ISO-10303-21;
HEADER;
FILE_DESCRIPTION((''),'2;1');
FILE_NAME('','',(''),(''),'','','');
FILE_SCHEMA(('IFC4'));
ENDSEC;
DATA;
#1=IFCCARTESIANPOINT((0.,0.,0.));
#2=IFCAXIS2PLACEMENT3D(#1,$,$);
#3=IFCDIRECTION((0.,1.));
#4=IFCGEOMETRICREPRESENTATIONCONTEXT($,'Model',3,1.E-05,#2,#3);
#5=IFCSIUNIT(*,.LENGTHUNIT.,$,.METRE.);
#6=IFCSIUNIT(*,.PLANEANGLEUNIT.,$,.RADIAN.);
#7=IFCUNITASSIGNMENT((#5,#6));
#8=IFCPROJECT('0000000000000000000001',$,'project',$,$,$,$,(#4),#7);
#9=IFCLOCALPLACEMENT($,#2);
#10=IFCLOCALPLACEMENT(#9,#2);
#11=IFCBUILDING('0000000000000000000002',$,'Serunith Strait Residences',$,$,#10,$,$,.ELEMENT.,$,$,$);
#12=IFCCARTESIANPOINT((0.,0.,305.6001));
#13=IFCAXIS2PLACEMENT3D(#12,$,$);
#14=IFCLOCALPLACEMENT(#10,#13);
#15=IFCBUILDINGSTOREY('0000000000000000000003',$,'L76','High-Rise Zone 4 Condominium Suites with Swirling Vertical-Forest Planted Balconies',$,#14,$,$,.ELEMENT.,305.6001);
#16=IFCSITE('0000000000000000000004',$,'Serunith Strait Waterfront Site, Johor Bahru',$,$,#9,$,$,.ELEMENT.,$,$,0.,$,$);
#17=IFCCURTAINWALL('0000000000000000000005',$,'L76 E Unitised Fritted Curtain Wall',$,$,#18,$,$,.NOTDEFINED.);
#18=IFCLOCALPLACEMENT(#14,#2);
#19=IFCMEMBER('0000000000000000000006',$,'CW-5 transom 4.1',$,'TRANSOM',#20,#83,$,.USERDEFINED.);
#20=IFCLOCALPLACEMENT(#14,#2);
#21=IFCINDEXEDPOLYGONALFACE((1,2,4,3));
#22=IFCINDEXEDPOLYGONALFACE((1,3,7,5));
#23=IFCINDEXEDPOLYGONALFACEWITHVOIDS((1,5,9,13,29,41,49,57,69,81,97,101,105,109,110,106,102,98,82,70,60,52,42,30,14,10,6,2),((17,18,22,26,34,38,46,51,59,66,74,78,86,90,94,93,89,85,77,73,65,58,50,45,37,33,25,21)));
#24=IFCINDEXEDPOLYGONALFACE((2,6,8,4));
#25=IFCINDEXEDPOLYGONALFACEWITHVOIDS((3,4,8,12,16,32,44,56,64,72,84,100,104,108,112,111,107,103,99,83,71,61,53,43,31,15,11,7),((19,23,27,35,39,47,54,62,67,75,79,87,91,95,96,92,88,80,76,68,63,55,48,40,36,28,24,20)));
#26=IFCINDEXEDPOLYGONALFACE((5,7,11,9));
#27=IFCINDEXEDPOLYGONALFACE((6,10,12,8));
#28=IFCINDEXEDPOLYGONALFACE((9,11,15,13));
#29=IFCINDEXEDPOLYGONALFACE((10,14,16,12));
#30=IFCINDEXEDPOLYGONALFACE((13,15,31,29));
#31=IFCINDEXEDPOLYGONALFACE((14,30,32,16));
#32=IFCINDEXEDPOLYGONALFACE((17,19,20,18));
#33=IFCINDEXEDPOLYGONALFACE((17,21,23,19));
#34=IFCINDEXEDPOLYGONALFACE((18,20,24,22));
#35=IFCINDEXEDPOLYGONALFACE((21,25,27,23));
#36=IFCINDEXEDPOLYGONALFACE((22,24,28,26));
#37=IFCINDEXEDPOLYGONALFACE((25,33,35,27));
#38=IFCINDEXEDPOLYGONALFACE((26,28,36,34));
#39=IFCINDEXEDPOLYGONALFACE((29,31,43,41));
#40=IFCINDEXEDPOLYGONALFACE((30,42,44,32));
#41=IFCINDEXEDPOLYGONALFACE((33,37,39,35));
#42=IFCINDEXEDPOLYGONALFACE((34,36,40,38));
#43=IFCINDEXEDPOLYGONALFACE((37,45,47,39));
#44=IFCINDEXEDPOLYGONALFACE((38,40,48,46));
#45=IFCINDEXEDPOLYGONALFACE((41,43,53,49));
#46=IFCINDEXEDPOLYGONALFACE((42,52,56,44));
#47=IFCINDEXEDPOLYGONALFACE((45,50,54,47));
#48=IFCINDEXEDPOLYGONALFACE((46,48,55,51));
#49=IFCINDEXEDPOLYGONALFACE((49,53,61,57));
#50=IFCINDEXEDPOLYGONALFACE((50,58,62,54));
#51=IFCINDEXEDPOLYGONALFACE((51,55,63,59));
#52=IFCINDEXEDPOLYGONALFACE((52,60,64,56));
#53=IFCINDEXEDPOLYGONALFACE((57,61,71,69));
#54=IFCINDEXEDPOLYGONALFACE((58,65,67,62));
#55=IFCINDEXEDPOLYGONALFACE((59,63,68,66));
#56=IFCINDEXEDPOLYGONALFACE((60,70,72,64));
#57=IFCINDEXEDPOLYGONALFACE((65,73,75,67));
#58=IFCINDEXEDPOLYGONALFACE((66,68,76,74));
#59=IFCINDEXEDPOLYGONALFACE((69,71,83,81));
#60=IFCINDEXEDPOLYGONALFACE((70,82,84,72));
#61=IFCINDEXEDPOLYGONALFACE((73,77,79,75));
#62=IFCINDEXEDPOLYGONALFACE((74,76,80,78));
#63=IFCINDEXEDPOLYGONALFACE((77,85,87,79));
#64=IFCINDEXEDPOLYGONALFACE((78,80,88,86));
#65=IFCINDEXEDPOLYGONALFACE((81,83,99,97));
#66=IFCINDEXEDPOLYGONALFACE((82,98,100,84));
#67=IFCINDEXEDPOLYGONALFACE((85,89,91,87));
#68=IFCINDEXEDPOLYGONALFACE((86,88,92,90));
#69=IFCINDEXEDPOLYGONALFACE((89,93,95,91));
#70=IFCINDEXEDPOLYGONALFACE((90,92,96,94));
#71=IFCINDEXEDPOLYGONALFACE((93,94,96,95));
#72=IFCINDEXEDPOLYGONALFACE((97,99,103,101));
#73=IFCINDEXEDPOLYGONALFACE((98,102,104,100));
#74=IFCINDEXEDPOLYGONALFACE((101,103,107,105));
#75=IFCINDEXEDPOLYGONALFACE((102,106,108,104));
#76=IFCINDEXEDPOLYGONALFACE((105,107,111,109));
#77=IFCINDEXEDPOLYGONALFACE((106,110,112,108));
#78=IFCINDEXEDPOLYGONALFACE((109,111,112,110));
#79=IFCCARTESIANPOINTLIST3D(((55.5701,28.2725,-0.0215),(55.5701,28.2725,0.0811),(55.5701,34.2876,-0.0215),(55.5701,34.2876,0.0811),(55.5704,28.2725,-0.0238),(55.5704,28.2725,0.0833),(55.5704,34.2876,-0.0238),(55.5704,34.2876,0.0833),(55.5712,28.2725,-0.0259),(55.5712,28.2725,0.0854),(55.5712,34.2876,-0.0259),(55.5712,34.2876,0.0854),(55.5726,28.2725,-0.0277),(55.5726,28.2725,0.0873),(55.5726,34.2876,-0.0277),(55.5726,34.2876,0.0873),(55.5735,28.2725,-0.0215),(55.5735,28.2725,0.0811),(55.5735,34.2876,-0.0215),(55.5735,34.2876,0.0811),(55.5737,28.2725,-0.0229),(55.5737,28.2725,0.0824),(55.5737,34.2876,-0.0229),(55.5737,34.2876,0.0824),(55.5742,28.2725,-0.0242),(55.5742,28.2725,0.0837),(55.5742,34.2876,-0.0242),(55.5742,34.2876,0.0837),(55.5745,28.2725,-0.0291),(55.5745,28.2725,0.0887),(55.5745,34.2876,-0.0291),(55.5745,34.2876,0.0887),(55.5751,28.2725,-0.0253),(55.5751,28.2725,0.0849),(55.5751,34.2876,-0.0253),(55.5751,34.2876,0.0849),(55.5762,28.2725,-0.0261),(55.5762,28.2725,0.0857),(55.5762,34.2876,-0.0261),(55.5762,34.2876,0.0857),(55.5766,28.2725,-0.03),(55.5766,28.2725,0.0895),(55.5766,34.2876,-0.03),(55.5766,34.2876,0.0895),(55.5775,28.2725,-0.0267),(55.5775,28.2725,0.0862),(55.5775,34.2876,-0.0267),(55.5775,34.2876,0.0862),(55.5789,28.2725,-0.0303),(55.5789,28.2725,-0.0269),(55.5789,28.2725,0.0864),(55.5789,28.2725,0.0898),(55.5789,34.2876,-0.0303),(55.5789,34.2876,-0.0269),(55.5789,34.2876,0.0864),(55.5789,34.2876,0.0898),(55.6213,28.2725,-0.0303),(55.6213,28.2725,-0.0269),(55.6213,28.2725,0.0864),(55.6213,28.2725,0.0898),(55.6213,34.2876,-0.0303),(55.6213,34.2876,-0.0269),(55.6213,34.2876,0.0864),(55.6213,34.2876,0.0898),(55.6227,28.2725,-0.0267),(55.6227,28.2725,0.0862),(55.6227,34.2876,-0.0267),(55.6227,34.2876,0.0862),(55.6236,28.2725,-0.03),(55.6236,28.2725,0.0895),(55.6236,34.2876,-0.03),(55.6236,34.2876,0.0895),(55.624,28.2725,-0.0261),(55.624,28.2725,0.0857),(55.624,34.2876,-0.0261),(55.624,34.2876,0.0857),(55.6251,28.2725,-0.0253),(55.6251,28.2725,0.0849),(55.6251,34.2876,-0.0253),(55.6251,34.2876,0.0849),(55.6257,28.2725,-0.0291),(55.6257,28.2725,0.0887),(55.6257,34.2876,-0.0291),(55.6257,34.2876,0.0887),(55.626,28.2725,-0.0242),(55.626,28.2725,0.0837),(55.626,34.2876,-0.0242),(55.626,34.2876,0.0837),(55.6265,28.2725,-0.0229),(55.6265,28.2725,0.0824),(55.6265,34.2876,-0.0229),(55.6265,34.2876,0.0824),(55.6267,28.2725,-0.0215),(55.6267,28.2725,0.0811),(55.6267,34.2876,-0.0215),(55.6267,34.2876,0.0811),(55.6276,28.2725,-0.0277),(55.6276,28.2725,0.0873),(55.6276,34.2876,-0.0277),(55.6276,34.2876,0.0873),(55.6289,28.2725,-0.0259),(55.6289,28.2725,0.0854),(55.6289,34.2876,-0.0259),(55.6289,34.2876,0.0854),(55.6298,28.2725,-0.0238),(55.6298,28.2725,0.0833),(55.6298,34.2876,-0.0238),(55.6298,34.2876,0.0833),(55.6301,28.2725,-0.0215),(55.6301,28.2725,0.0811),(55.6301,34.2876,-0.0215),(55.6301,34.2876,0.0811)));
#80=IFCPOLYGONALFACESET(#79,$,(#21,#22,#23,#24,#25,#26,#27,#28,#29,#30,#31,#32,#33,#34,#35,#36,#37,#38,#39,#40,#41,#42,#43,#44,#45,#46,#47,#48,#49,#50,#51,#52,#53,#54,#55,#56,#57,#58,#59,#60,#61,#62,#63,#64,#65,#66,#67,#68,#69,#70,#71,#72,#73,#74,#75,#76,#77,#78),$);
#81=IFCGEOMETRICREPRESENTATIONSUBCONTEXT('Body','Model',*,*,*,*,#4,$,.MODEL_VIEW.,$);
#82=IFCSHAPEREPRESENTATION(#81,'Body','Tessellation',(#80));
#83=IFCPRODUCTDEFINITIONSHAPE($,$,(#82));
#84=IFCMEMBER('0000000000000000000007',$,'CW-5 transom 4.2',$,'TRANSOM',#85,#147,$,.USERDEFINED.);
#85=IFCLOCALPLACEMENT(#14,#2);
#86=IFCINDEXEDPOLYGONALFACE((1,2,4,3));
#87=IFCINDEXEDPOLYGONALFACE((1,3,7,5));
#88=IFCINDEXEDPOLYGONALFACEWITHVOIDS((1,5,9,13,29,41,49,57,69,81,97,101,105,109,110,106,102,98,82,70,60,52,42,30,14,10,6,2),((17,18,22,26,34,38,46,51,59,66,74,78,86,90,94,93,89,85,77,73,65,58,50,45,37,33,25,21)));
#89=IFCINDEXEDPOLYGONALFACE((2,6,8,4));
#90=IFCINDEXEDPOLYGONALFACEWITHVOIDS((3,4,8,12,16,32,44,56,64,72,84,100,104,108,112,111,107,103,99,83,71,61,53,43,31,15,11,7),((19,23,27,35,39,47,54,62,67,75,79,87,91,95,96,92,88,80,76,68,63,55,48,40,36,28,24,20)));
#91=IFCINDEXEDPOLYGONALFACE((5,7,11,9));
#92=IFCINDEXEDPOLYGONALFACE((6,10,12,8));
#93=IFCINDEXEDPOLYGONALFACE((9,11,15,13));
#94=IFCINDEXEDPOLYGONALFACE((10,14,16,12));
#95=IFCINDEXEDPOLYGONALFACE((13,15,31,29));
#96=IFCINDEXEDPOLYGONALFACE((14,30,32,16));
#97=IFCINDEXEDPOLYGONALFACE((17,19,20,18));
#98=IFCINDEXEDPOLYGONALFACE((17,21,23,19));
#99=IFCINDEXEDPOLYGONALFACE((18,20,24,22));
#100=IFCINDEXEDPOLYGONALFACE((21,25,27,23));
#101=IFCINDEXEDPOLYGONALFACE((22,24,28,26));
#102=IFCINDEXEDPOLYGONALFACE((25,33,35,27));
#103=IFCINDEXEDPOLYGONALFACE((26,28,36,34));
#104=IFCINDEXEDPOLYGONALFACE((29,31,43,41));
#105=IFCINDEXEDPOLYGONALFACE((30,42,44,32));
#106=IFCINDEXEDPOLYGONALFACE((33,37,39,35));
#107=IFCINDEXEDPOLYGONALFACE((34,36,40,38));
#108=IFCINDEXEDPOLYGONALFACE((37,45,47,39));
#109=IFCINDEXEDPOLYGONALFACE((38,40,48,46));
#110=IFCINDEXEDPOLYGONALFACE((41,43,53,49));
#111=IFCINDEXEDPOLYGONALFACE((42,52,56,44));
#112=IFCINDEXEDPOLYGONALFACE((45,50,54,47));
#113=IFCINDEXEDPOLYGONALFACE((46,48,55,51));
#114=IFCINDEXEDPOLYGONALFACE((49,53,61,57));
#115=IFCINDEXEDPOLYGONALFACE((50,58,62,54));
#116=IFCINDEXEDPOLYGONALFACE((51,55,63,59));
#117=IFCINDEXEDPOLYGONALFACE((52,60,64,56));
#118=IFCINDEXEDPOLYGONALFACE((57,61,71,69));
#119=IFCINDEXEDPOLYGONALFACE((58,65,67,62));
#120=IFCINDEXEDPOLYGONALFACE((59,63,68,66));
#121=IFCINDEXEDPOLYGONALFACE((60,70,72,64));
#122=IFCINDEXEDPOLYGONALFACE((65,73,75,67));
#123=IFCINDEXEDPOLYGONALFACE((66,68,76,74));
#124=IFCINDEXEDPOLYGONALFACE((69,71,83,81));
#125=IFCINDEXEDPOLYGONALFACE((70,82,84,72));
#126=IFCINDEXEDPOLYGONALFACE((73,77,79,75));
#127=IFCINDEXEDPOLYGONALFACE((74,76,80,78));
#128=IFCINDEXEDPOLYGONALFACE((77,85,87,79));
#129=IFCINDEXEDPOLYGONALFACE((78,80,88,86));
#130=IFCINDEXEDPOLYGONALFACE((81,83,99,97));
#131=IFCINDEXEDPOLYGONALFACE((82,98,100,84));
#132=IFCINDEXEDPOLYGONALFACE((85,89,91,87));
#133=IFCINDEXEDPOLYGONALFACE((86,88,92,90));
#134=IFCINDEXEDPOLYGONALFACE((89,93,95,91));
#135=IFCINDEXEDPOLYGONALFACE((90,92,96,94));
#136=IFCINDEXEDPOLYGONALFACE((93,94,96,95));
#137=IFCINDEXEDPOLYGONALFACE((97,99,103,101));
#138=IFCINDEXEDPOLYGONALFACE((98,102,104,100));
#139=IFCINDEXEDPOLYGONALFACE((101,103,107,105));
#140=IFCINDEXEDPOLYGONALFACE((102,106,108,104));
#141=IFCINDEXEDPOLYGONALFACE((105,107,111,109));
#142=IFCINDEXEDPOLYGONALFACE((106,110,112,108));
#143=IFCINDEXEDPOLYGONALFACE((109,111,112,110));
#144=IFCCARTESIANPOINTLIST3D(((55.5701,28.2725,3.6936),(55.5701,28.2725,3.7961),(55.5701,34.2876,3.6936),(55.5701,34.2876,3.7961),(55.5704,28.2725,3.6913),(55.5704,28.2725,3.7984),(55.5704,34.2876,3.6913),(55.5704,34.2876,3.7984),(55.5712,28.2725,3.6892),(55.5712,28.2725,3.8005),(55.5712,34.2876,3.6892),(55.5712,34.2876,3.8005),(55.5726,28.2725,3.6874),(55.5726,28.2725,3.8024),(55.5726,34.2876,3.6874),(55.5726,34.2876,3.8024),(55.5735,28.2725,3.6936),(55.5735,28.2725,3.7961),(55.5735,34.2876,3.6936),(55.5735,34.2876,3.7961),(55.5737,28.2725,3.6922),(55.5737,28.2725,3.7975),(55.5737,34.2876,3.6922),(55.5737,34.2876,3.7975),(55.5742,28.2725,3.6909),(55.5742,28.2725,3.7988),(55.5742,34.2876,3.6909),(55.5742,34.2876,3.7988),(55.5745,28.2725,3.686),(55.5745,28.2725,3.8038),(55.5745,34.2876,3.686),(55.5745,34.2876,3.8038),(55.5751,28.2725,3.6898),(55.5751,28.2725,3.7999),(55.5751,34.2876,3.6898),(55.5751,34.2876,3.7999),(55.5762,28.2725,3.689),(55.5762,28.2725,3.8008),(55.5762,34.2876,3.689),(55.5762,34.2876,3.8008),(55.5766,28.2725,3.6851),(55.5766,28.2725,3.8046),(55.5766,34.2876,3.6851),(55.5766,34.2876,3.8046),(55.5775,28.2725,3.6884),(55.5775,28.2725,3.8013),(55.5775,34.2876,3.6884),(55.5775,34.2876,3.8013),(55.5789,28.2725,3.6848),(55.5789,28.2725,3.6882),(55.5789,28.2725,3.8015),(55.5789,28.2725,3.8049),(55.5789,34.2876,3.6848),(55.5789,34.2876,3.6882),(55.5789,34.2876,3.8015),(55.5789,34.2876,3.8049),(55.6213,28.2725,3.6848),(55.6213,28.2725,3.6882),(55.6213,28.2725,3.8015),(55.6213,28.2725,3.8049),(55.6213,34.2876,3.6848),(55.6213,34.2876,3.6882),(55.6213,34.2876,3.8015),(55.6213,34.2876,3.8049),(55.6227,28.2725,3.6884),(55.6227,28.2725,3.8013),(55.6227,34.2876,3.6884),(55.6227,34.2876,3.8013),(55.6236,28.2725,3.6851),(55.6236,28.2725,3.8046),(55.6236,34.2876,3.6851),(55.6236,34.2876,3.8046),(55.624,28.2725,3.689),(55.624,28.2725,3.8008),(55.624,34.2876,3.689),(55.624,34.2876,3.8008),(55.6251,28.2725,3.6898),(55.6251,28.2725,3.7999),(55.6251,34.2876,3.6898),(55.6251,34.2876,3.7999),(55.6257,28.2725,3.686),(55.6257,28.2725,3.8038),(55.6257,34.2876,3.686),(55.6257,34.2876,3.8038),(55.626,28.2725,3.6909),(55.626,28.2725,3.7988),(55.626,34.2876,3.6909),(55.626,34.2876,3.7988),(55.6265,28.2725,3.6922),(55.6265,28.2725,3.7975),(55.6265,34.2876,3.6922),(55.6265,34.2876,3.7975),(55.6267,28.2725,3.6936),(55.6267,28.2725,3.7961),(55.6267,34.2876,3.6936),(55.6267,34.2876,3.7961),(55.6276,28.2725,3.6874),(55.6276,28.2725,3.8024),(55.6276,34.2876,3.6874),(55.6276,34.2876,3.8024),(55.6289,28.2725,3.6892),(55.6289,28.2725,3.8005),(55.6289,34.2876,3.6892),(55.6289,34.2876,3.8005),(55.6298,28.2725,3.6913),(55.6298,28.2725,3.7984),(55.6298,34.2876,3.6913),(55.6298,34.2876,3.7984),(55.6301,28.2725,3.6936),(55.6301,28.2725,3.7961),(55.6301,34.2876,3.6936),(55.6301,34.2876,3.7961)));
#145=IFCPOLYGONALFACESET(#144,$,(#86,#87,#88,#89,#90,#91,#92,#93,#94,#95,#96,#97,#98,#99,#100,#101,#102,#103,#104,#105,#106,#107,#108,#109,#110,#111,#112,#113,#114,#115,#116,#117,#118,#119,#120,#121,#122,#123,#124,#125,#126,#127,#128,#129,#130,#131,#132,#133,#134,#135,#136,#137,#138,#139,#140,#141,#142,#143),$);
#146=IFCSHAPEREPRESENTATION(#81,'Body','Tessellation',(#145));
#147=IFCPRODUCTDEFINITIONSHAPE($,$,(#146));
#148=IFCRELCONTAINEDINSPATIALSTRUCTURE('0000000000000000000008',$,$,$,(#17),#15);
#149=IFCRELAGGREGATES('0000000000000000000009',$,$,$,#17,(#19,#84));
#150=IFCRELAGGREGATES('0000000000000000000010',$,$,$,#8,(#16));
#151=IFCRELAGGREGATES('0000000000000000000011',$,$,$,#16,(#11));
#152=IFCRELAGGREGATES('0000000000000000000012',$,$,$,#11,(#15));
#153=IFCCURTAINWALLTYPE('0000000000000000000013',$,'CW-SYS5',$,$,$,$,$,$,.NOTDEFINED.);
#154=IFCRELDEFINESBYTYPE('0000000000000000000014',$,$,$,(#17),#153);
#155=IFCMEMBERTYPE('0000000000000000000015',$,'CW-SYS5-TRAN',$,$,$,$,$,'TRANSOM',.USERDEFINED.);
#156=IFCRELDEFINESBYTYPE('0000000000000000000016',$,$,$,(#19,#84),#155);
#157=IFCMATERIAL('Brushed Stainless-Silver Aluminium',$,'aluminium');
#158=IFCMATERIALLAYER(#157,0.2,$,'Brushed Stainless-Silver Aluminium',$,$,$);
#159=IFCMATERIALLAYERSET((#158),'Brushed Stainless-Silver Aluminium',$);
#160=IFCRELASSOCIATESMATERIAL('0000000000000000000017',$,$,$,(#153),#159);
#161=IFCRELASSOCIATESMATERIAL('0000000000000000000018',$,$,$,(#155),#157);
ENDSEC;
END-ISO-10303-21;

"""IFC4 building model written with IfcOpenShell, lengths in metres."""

from ifc_helpers import new_model, si_unit, direction, frame, origin, origin_2d, place, context, subcontext, project, spatial, hollow_rectangle, extrude, source, transform, mapped, material, layer, layer_set, material_profile, profile_set, type_object, element, aggregate, save


model = new_model("IFC4")

# Units and contexts
model_context = context("Model", 3, precision=1e-05, world=origin(), true_north=direction((0.0, 1.0)))
body_context = subcontext(model_context, "Body", "Model", "MODEL_VIEW")
ifc_project = project(units=[si_unit("LENGTHUNIT", "METRE"), si_unit("PLANEANGLEUNIT", "RADIAN")], contexts=[model_context])

# Site, building, storey
site_placement = place(None, origin())
site = spatial("IfcSite", under=ifc_project, at=site_placement, Name="Serunith Strait Waterfront Site, Johor Bahru", CompositionType="ELEMENT", RefElevation=0.0)
building_placement = place(site_placement, origin())
building = spatial("IfcBuilding", under=site, at=building_placement, Name="Serunith Strait Residences", CompositionType="ELEMENT")
storey_placement = place(building_placement, frame((0.0, 0.0, 305.6001)))
storey = spatial("IfcBuildingStorey", under=building, at=storey_placement, Name="L76", Description="High-Rise Zone 4 Condominium Suites with Swirling Vertical-Forest Planted Balconies", CompositionType="ELEMENT", Elevation=305.6001)

# Curtain wall, members
ifc_material_1 = material(Name="Brushed Stainless-Silver Aluminium", Category="aluminium")
ifc_layer_1 = layer(ifc_material_1, 0.2, Name="Brushed Stainless-Silver Aluminium")
ifc_layer_set_1 = layer_set([ifc_layer_1], Name="Brushed Stainless-Silver Aluminium")
curtain_wall_type = type_object("IfcCurtainWallType", Name="CW-SYS5", PredefinedType="NOTDEFINED", material=ifc_layer_set_1)
curtain_wall_placement = place(storey_placement, origin())
curtain_wall = element("IfcCurtainWall", 1, at=curtain_wall_placement, inside=storey, type_object=curtain_wall_type, Name="L76 E Unitised Fritted Curtain Wall", PredefinedType="NOTDEFINED")
ifc_material_profile_1 = material_profile(ifc_material_1, hollow_rectangle(XDim=0.0601, YDim=0.1201, WallThickness=0.0034, InnerFilletRadius=0.0054, OuterFilletRadius=0.0088, at=origin_2d()), Name="ALU 120x60x3.5")
ifc_profile_set_1 = profile_set([ifc_material_profile_1], Name="Brushed Stainless-Silver Aluminium")
member_type_1 = type_object("IfcMemberType", Name="CW-SYS5-TRAN", ElementType="TRANSOM", PredefinedType="USERDEFINED", material=ifc_profile_set_1)
shared_shape_1 = source(origin(), body_context, "Body", "SweptSolid", [
    extrude(hollow_rectangle(XDim=0.0601, YDim=0.1201, WallThickness=0.0034, InnerFilletRadius=0.0054, OuterFilletRadius=0.0088, at=origin_2d()), origin(), (0.0, 0.0, 1.0), 6.0151),
])
member_1_placement = place(storey_placement, frame((55.6001, 28.2725, 0.0298), z_axis=(0.0, 1.0, 0.0), x_axis=(-1.0, 0.0, 0.0)))
member_1 = element("IfcMember", 2, at=member_1_placement, type_object=member_type_1, Name="CW-5 transom 4.1", ObjectType="TRANSOM", PredefinedType="USERDEFINED", context=body_context, shape_type="MappedRepresentation", body=[
    mapped(shared_shape_1, transform((0.0, 0.0, 0.0), scale=1.0)),
])
member_2_placement = place(storey_placement, frame((55.6001, 28.2725, 3.7449), z_axis=(0.0, 1.0, 0.0), x_axis=(-1.0, 0.0, 0.0)))
member_2 = element("IfcMember", 3, at=member_2_placement, type_object=member_type_1, Name="CW-5 transom 4.2", ObjectType="TRANSOM", PredefinedType="USERDEFINED", context=body_context, shape_type="MappedRepresentation", body=[
    mapped(shared_shape_1, transform((0.0, 0.0, 0.0), scale=1.0)),
])
aggregate(curtain_wall, [member_1, member_2])

save(model, "model.ifc")
